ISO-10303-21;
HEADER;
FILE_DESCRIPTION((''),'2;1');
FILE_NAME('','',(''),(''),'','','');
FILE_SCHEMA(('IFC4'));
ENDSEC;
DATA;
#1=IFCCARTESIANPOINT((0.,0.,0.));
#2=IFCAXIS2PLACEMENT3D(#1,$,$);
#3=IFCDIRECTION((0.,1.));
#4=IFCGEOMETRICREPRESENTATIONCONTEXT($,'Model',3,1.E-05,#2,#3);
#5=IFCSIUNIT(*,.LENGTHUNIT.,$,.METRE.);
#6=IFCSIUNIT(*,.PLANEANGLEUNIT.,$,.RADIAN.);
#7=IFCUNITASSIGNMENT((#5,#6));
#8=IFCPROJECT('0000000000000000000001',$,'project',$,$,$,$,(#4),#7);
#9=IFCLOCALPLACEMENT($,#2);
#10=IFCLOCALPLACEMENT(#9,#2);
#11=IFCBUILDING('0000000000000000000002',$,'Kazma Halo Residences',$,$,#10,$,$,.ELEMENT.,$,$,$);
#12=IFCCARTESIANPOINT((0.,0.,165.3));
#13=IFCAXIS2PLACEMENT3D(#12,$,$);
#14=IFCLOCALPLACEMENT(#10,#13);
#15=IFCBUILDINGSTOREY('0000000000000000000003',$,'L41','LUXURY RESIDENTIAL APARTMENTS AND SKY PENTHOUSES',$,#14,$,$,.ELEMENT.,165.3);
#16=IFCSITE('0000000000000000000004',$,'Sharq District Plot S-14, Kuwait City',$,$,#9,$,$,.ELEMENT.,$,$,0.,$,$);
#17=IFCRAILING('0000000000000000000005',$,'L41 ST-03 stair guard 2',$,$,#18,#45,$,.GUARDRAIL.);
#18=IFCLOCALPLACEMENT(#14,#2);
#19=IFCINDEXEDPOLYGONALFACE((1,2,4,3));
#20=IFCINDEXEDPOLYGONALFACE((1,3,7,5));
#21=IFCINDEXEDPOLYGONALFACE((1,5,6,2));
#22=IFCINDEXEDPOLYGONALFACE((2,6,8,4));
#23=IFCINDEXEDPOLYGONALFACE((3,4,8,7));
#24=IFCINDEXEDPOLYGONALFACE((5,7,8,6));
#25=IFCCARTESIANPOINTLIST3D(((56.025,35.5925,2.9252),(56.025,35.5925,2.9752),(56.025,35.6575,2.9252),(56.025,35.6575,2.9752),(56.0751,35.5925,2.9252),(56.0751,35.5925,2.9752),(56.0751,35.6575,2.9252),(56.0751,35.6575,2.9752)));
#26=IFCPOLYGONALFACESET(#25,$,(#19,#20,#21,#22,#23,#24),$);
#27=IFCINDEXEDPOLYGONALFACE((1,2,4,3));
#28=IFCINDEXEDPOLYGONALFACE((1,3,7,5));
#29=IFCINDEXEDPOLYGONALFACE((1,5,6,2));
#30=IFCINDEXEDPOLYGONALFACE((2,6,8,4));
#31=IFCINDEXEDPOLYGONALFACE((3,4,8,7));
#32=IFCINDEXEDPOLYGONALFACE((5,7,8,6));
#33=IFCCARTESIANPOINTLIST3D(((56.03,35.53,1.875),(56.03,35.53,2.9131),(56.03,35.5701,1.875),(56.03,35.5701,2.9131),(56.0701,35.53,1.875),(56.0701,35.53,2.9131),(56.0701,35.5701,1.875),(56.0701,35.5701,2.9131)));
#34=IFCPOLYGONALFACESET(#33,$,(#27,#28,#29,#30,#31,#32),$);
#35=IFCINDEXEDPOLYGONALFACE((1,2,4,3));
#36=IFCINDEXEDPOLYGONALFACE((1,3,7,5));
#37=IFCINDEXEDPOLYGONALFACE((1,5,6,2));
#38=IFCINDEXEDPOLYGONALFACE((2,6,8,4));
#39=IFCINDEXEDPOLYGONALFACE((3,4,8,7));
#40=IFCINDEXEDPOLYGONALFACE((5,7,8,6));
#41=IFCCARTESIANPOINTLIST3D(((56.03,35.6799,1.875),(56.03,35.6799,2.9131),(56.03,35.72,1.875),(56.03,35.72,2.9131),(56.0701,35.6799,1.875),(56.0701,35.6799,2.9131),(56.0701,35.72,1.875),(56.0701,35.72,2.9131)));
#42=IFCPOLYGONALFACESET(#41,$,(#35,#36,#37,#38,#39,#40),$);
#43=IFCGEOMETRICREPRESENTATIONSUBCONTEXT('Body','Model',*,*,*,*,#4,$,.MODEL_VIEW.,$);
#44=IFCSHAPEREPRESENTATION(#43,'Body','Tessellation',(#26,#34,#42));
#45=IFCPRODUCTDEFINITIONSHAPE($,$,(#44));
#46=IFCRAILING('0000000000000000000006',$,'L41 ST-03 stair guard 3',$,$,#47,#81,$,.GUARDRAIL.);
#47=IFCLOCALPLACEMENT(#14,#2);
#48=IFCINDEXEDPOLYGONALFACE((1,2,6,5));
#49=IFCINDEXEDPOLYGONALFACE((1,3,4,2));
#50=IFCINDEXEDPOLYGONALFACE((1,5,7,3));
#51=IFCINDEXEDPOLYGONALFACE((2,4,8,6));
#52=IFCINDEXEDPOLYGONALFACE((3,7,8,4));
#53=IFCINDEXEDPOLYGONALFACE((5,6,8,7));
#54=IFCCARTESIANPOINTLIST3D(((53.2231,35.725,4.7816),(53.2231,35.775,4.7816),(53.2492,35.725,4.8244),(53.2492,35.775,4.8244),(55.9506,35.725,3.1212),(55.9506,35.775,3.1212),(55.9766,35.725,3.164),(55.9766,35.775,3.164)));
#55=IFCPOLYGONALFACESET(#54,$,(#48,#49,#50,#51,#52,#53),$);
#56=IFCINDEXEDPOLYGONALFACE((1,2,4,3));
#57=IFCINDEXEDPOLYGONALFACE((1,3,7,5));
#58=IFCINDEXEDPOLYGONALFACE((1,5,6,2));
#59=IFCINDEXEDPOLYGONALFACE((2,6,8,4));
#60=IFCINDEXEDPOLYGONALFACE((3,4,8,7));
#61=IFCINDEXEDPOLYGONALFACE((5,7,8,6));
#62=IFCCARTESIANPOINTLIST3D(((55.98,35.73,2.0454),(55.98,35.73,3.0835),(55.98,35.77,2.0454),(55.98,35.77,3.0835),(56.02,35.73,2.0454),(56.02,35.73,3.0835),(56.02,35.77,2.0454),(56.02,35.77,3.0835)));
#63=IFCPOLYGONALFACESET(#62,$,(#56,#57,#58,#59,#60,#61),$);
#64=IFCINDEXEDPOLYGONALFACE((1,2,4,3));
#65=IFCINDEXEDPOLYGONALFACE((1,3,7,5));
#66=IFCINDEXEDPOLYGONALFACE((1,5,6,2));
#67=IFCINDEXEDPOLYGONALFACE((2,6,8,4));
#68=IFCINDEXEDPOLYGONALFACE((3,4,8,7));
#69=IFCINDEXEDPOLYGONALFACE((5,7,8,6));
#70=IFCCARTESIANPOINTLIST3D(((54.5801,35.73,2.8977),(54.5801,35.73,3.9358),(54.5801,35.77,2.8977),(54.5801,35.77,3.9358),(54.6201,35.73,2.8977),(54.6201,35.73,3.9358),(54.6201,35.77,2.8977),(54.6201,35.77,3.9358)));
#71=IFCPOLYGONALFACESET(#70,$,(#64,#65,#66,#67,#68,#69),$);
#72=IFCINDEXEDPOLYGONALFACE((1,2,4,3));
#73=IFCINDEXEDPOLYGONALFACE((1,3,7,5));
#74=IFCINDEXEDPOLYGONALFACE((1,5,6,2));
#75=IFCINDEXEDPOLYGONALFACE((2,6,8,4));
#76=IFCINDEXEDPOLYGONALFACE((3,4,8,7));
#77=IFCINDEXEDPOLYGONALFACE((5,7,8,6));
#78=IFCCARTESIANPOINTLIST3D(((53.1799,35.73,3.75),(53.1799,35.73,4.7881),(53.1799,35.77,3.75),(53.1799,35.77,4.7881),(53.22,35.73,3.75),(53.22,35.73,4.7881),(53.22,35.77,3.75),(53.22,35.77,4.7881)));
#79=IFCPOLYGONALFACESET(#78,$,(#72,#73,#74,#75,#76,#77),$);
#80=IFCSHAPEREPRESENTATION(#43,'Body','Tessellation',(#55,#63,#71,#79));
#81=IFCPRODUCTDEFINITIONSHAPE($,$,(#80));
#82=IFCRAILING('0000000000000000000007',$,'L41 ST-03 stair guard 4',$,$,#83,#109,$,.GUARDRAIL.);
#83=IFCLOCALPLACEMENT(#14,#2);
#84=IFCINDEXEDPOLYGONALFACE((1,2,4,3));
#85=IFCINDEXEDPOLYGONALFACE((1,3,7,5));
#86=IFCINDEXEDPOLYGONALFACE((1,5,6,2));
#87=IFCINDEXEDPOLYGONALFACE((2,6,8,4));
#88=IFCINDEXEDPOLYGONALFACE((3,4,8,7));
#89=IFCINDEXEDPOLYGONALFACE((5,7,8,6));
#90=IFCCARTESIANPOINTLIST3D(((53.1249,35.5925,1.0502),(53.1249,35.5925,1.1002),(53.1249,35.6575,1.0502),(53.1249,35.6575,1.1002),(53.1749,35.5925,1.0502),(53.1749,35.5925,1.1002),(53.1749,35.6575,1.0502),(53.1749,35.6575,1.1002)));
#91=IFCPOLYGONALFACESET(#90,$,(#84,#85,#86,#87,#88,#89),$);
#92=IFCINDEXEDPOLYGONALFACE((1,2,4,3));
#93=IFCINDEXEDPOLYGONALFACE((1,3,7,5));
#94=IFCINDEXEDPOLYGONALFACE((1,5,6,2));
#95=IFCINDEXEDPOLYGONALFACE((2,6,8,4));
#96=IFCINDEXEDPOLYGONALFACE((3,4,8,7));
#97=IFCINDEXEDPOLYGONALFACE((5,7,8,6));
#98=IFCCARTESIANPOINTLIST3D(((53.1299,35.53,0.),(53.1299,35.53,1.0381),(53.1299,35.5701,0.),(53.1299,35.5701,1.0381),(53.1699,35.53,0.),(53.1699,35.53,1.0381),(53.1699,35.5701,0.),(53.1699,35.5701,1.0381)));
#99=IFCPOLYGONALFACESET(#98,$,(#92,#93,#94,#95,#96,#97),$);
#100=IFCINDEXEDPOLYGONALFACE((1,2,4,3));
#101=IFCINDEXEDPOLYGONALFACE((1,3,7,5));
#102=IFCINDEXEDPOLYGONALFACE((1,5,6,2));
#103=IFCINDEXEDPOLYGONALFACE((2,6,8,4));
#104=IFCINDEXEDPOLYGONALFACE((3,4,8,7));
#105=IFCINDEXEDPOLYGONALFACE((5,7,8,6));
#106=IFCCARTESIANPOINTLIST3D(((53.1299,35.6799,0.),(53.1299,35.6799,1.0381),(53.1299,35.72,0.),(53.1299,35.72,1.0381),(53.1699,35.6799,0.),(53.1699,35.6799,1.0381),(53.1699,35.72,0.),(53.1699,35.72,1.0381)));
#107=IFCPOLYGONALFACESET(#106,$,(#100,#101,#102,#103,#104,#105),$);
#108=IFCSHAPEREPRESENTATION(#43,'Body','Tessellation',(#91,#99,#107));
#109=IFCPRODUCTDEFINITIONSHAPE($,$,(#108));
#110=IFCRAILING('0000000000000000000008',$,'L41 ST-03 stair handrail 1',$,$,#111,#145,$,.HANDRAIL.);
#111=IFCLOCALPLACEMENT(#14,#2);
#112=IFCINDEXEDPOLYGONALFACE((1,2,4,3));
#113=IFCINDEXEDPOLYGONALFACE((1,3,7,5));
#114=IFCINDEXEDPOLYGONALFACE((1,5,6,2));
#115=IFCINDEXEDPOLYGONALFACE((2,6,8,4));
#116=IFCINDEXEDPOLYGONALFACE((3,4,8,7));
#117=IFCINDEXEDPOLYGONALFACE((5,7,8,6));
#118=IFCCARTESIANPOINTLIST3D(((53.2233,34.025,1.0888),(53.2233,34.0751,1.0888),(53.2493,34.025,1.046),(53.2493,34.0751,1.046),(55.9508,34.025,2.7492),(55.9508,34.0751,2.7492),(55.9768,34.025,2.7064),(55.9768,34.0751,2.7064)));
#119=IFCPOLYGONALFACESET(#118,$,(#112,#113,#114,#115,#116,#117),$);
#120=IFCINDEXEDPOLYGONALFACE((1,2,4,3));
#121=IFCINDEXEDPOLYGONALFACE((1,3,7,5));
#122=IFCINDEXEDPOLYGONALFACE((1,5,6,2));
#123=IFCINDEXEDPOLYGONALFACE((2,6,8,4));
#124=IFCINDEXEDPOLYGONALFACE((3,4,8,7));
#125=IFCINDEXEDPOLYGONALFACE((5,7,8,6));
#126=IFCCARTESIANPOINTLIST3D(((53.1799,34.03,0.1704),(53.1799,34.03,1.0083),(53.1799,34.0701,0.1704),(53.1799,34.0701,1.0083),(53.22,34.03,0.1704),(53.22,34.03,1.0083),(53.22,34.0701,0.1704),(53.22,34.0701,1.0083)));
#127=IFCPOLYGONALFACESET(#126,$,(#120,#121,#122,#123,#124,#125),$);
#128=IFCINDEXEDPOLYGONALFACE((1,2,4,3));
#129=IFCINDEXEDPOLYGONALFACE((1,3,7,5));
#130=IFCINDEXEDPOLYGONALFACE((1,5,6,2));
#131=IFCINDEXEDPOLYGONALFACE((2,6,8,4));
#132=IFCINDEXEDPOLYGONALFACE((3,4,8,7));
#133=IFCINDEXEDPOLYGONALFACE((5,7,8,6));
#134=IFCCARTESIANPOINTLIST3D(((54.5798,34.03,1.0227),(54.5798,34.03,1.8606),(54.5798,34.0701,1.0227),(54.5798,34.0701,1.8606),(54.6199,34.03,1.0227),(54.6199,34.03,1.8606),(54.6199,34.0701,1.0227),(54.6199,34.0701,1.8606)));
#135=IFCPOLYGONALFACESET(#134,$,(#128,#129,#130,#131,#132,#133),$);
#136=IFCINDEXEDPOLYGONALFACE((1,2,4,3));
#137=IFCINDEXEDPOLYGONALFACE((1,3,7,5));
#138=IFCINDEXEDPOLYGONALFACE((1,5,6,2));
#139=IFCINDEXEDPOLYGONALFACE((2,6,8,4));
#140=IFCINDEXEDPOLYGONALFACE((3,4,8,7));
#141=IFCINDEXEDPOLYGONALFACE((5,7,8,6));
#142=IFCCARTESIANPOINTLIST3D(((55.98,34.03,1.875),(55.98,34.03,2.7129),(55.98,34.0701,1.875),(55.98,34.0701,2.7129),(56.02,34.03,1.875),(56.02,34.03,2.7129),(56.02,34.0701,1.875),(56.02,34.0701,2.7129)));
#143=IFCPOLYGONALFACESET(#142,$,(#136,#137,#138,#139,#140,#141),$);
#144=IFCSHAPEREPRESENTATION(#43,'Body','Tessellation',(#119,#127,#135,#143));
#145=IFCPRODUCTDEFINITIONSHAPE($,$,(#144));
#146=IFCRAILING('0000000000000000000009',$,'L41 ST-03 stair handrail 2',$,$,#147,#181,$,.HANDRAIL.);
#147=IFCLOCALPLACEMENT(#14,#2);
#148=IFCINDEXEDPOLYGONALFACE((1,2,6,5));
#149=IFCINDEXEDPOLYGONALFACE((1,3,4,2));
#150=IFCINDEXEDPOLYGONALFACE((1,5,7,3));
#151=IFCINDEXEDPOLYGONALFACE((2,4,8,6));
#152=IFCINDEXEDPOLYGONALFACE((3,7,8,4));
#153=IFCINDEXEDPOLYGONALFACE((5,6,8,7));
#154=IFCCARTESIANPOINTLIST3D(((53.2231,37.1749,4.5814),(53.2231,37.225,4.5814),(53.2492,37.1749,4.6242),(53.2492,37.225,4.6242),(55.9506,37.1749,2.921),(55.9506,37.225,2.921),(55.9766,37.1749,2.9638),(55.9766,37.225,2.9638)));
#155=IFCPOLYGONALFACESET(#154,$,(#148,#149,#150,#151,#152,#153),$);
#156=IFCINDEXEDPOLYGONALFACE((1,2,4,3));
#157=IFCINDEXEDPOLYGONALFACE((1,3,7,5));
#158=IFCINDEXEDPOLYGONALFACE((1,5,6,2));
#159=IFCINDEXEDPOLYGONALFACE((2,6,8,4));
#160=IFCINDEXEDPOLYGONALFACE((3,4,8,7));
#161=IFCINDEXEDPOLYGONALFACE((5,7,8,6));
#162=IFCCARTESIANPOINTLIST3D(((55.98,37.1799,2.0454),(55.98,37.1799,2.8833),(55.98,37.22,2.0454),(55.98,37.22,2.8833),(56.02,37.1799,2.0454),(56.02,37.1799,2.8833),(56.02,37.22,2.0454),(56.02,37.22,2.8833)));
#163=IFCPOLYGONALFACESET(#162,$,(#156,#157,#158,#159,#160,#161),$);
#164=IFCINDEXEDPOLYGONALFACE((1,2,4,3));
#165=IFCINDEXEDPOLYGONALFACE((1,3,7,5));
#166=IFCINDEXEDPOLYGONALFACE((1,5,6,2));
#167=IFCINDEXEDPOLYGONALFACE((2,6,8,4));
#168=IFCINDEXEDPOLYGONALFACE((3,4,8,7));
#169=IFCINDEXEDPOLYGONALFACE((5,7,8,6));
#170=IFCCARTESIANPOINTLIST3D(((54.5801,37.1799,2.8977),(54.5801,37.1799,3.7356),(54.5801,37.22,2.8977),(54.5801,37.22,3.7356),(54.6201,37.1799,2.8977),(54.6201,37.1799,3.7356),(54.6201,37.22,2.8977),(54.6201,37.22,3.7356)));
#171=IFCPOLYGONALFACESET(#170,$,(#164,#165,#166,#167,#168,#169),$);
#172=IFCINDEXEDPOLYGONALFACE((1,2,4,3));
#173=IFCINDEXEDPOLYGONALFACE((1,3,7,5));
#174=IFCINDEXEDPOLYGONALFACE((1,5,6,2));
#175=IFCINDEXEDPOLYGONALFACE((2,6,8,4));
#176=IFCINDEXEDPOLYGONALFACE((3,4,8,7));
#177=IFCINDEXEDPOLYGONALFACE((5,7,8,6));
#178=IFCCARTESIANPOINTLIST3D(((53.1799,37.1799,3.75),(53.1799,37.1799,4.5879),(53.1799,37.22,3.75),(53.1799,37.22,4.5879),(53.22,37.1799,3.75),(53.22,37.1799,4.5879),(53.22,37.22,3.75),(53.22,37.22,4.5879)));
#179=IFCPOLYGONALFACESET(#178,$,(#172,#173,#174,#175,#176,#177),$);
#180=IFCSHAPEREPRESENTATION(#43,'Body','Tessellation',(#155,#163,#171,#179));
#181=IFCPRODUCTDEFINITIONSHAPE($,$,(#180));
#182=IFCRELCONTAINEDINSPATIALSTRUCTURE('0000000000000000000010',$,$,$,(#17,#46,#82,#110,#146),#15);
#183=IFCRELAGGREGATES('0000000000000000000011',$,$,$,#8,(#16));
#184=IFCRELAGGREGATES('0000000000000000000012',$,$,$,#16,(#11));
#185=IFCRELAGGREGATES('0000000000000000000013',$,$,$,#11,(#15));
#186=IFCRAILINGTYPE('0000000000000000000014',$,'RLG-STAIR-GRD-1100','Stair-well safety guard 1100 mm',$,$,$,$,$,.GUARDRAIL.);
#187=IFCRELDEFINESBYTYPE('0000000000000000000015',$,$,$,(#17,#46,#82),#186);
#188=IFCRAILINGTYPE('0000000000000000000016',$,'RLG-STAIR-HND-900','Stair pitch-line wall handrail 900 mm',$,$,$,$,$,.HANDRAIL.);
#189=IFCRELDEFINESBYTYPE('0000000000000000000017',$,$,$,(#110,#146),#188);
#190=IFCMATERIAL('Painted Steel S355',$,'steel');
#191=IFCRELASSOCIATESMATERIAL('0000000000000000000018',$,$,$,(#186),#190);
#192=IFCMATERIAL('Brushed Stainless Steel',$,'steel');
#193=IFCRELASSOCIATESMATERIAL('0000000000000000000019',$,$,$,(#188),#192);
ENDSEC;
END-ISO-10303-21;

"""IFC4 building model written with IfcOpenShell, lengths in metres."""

from ifc_helpers import new_model, si_unit, direction, frame, origin, origin_2d, place, context, subcontext, project, spatial, rectangle, extrude, material, type_object, element, save


model = new_model("IFC4")

# Units and contexts
model_context = context("Model", 3, precision=1e-05, world=origin(), true_north=direction((0.0, 1.0)))
body_context = subcontext(model_context, "Body", "Model", "MODEL_VIEW")
ifc_project = project(units=[si_unit("LENGTHUNIT", "METRE"), si_unit("PLANEANGLEUNIT", "RADIAN")], contexts=[model_context])

# Site, building, storey
site_placement = place(None, origin())
site = spatial("IfcSite", under=ifc_project, at=site_placement, Name="Sharq District Plot S-14, Kuwait City", CompositionType="ELEMENT", RefElevation=0.0)
building_placement = place(site_placement, origin())
building = spatial("IfcBuilding", under=site, at=building_placement, Name="Kazma Halo Residences", CompositionType="ELEMENT")
storey_placement = place(building_placement, frame((0.0, 0.0, 165.3)))
storey = spatial("IfcBuildingStorey", under=building, at=storey_placement, Name="L41", Description="LUXURY RESIDENTIAL APARTMENTS AND SKY PENTHOUSES", CompositionType="ELEMENT", Elevation=165.3)

# Railings
ifc_material_1 = material(Name="Painted Steel S355", Category="steel")
railing_type_1 = type_object("IfcRailingType", Name="RLG-STAIR-GRD-1100", Description="Stair-well safety guard 1100 mm", PredefinedType="GUARDRAIL", material=ifc_material_1)
railing_1_placement = place(storey_placement, frame((56.05, 35.55, 1.875)))
element("IfcRailing", 1, at=railing_1_placement, inside=storey, type_object=railing_type_1, Name="L41 ST-03 stair guard 2", PredefinedType="GUARDRAIL", context=body_context, shape_type="SweptSolid", body=[
    extrude(rectangle(XDim=0.05, YDim=0.05, at=origin_2d()), frame((0.0, 0.0425, 1.0752), z_axis=(0.0, 1.0, 0.0), x_axis=(-1.0, 0.0, 0.0)), (0.0, 0.0, 1.0), 0.0649),
    extrude(rectangle(XDim=0.04, YDim=0.04, at=origin_2d()), origin(), (0.0, 0.0, 1.0), 1.0381),
    extrude(rectangle(XDim=0.04, YDim=0.04, at=origin_2d()), frame((0.0, 0.1499, 0.0)), (0.0, 0.0, 1.0), 1.0381),
])
railing_2_placement = place(storey_placement, frame((56.0, 35.75, 2.0454)))
element("IfcRailing", 2, at=railing_2_placement, inside=storey, type_object=railing_type_1, Name="L41 ST-03 stair guard 3", PredefinedType="GUARDRAIL", context=body_context, shape_type="SweptSolid", body=[
    extrude(rectangle(XDim=0.05, YDim=0.05, at=origin_2d()), frame((-0.0364, 0.0, 1.0972), z_axis=(-0.85417, 0.0, 0.519994), x_axis=(0.0, -1.0, 0.0)), (0.0, 0.0, 1.0), 3.1931),
    extrude(rectangle(XDim=0.04, YDim=0.04, at=origin_2d()), origin(), (0.0, 0.0, 1.0), 1.0381),
    extrude(rectangle(XDim=0.04, YDim=0.04, at=origin_2d()), frame((-1.3999, 0.0, 0.8523)), (0.0, 0.0, 1.0), 1.0381),
    extrude(rectangle(XDim=0.04, YDim=0.04, at=origin_2d()), frame((-2.8, 0.0, 1.7046)), (0.0, 0.0, 1.0), 1.0381),
])
railing_3_placement = place(storey_placement, frame((53.1499, 35.55, 0.0)))
element("IfcRailing", 3, at=railing_3_placement, inside=storey, type_object=railing_type_1, Name="L41 ST-03 stair guard 4", PredefinedType="GUARDRAIL", context=body_context, shape_type="SweptSolid", body=[
    extrude(rectangle(XDim=0.05, YDim=0.05, at=origin_2d()), frame((0.0, 0.0425, 1.0752), z_axis=(0.0, 1.0, 0.0), x_axis=(-1.0, 0.0, 0.0)), (0.0, 0.0, 1.0), 0.0649),
    extrude(rectangle(XDim=0.04, YDim=0.04, at=origin_2d()), origin(), (0.0, 0.0, 1.0), 1.0381),
    extrude(rectangle(XDim=0.04, YDim=0.04, at=origin_2d()), frame((0.0, 0.1499, 0.0)), (0.0, 0.0, 1.0), 1.0381),
])
ifc_material_2 = material(Name="Brushed Stainless Steel", Category="steel")
railing_type_2 = type_object("IfcRailingType", Name="RLG-STAIR-HND-900", Description="Stair pitch-line wall handrail 900 mm", PredefinedType="HANDRAIL", material=ifc_material_2)
railing_4_placement = place(storey_placement, frame((53.2, 34.05, 0.1704)))
element("IfcRailing", 4, at=railing_4_placement, inside=storey, type_object=railing_type_2, Name="L41 ST-03 stair handrail 1", PredefinedType="HANDRAIL", context=body_context, shape_type="SweptSolid", body=[
    extrude(rectangle(XDim=0.05, YDim=0.05, at=origin_2d()), frame((0.0364, 0.0, 0.897), z_axis=(0.85417, 0.0, 0.519994), x_axis=(0.0, 1.0, 0.0)), (0.0, 0.0, 1.0), 3.1931),
    extrude(rectangle(XDim=0.04, YDim=0.04, at=origin_2d()), origin(), (0.0, 0.0, 1.0), 0.8379),
    extrude(rectangle(XDim=0.04, YDim=0.04, at=origin_2d()), frame((1.3999, 0.0, 0.8523)), (0.0, 0.0, 1.0), 0.8379),
    extrude(rectangle(XDim=0.04, YDim=0.04, at=origin_2d()), frame((2.8, 0.0, 1.7046)), (0.0, 0.0, 1.0), 0.8379),
])
railing_5_placement = place(storey_placement, frame((56.0, 37.2, 2.0454)))
element("IfcRailing", 5, at=railing_5_placement, inside=storey, type_object=railing_type_2, Name="L41 ST-03 stair handrail 2", PredefinedType="HANDRAIL", context=body_context, shape_type="SweptSolid", body=[
    extrude(rectangle(XDim=0.05, YDim=0.05, at=origin_2d()), frame((-0.0364, 0.0, 0.897), z_axis=(-0.85417, 0.0, 0.519994), x_axis=(0.0, -1.0, 0.0)), (0.0, 0.0, 1.0), 3.1931),
    extrude(rectangle(XDim=0.04, YDim=0.04, at=origin_2d()), origin(), (0.0, 0.0, 1.0), 0.8379),
    extrude(rectangle(XDim=0.04, YDim=0.04, at=origin_2d()), frame((-1.3999, 0.0, 0.8523)), (0.0, 0.0, 1.0), 0.8379),
    extrude(rectangle(XDim=0.04, YDim=0.04, at=origin_2d()), frame((-2.8, 0.0, 1.7046)), (0.0, 0.0, 1.0), 0.8379),
])

save(model, "model.ifc")
